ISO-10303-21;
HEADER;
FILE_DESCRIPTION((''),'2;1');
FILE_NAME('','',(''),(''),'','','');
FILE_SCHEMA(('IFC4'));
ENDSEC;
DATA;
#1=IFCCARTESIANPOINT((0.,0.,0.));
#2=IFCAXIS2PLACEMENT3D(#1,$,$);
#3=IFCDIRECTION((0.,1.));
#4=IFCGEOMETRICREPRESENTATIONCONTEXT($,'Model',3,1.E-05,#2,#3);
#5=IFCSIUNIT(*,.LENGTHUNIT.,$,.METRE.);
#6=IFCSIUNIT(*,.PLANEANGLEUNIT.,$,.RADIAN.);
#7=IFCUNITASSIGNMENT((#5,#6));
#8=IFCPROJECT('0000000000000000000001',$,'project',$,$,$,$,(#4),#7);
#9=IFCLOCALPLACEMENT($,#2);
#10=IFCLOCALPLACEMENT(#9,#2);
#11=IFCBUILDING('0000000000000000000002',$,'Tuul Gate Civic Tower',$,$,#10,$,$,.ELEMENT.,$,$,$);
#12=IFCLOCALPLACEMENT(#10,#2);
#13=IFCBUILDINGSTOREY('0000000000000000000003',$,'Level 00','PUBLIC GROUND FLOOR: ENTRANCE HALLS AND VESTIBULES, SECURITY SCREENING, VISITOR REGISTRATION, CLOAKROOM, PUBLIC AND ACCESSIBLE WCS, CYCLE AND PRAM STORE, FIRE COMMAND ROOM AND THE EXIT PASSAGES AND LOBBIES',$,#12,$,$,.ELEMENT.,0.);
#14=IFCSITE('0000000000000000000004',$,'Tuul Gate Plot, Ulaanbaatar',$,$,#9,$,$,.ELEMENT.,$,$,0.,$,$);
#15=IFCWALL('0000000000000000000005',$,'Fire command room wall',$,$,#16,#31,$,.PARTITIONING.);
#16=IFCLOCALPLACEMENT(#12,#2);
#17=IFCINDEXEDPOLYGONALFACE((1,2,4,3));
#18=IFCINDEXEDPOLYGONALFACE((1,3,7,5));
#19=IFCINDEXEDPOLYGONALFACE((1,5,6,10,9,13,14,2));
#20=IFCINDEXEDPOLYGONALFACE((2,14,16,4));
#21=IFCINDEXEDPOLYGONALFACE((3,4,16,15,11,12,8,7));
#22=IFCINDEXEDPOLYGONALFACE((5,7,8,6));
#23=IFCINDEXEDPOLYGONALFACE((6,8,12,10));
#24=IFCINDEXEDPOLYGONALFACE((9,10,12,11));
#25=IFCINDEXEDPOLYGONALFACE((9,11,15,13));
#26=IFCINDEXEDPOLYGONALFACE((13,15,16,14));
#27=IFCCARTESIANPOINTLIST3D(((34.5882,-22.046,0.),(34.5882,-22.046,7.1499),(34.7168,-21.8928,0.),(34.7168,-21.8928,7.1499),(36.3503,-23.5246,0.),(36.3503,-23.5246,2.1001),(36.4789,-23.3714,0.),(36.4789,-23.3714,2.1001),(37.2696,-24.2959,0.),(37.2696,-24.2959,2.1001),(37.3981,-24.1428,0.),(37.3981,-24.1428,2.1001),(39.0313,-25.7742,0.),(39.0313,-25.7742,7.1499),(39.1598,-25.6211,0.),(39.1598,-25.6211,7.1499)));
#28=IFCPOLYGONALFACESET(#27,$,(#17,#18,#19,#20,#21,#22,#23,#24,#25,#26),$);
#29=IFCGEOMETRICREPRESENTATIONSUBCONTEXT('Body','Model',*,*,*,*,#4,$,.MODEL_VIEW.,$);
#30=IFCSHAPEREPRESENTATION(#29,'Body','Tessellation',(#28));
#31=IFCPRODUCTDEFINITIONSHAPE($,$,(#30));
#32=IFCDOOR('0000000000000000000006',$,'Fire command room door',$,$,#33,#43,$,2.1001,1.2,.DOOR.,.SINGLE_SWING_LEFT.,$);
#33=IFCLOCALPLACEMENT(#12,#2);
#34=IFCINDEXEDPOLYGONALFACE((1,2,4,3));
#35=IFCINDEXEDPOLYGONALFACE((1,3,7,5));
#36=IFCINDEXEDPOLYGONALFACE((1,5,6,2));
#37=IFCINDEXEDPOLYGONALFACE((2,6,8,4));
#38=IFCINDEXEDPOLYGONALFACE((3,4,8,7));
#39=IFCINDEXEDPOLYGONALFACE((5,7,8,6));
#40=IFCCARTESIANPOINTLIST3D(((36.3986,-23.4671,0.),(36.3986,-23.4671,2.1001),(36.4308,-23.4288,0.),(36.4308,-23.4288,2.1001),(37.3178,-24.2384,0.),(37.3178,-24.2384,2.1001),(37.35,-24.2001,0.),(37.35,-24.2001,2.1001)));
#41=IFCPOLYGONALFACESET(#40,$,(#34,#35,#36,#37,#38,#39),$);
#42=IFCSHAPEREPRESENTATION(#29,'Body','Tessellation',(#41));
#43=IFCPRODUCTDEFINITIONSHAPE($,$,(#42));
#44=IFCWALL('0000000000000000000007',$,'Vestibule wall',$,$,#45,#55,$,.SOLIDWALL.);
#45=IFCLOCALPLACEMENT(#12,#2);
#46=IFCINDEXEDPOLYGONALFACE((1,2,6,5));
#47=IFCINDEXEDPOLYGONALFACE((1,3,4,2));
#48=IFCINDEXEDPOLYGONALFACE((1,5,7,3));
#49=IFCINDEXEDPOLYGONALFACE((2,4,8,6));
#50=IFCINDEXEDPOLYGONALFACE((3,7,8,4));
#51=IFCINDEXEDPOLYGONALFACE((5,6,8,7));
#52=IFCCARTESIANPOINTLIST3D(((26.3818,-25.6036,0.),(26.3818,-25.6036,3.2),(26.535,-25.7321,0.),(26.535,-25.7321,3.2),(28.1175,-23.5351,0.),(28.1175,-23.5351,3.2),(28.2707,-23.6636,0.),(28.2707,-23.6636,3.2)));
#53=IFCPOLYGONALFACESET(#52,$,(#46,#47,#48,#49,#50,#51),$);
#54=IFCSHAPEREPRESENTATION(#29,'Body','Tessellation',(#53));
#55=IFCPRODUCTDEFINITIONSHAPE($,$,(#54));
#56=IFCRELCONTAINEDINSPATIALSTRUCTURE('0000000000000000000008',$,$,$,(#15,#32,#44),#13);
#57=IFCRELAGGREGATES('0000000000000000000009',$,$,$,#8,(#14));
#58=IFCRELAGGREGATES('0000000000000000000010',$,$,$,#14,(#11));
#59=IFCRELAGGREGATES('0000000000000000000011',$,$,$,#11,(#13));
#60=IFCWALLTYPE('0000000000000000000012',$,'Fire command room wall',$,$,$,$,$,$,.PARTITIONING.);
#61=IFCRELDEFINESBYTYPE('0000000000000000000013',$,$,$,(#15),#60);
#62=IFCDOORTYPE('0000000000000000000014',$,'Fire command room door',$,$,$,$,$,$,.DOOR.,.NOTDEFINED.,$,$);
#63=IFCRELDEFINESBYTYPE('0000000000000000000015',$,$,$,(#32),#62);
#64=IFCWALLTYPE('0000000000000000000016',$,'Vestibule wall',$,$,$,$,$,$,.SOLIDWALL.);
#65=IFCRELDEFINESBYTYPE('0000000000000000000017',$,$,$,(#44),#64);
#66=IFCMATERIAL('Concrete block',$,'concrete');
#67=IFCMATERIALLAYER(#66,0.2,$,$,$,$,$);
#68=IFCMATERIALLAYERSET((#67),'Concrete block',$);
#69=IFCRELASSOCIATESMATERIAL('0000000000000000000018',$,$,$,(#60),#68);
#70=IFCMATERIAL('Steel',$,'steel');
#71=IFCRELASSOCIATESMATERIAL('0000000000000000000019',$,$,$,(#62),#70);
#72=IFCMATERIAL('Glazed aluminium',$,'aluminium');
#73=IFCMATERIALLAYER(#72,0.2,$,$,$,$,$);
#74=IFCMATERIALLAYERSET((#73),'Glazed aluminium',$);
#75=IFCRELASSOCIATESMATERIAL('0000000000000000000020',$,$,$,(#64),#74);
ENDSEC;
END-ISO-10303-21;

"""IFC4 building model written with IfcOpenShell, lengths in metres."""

from ifc_helpers import new_model, si_unit, direction, frame, frame_2d, origin, place, context, subcontext, project, spatial, rectangle, extrude, material, layer, layer_set, type_object, element, fill, save


model = new_model("IFC4")

# Units and contexts
model_context = context("Model", 3, precision=1e-05, world=origin(), true_north=direction((0.0, 1.0)))
body_context = subcontext(model_context, "Body", "Model", "MODEL_VIEW")
ifc_project = project(units=[si_unit("LENGTHUNIT", "METRE"), si_unit("PLANEANGLEUNIT", "RADIAN")], contexts=[model_context])

# Site, building, storey
site_placement = place(None, origin())
site = spatial("IfcSite", under=ifc_project, at=site_placement, Name="Tuul Gate Plot, Ulaanbaatar", CompositionType="ELEMENT", RefElevation=0.0)
building_placement = place(site_placement, origin())
building = spatial("IfcBuilding", under=site, at=building_placement, Name="Tuul Gate Civic Tower", CompositionType="ELEMENT")
storey_placement = place(building_placement, origin())
storey = spatial("IfcBuildingStorey", under=building, at=storey_placement, Name="Level 00", Description="PUBLIC GROUND FLOOR: ENTRANCE HALLS AND VESTIBULES, SECURITY SCREENING, VISITOR REGISTRATION, CLOAKROOM, PUBLIC AND ACCESSIBLE WCS, CYCLE AND PRAM STORE, FIRE COMMAND ROOM AND THE EXIT PASSAGES AND LOBBIES", CompositionType="ELEMENT", Elevation=0.0)

# Wall, opening, door
ifc_material_1 = material(Name="Concrete block", Category="concrete")
ifc_layer_1 = layer(ifc_material_1, 0.2)
ifc_layer_set_1 = layer_set([ifc_layer_1], Name="Concrete block")
wall_type_1 = type_object("IfcWallType", Name="Fire command room wall", PredefinedType="PARTITIONING", material=ifc_layer_set_1)
wall_1_placement = place(storey_placement, frame((34.6526, -21.9695, 0.0), z_axis=(0.0, 0.0, 1.0), x_axis=(0.76604, -0.642793, 0.0)))
wall_1 = element("IfcWall", 1, at=wall_1_placement, inside=storey, type_object=wall_type_1, Name="Fire command room wall", PredefinedType="PARTITIONING", context=body_context, shape_type="SweptSolid", body=[
    extrude(rectangle(XDim=5.8, YDim=0.2, at=frame_2d((2.8999, 0.0))), origin(), (0.0, 0.0, 1.0), 7.1499),
])
opening_1_placement = place(wall_1_placement, frame((2.3, 0.0, 0.0)))
opening_1 = element("IfcOpeningElement", 2, at=opening_1_placement, cuts=wall_1, PredefinedType="OPENING", context=body_context, shape_type="SweptSolid", body=[
    extrude(rectangle(XDim=1.2, YDim=2.1001, at=frame_2d((0.6001, 1.05))), frame((0.0, 0.1099, 0.0), z_axis=(0.0, -1.0, 0.0), x_axis=(1.0, 0.0, 0.0)), (0.0, 0.0, 1.0), 0.22),
])
ifc_material_2 = material(Name="Steel", Category="steel")
door_type_1 = type_object("IfcDoorType", Name="Fire command room door", OperationType="NOTDEFINED", PredefinedType="DOOR", material=ifc_material_2)
door_1_placement = place(opening_1_placement, frame((1.2, 0.0, 0.0), z_axis=(0.0, 0.0, 1.0), x_axis=(-1.0, 0.0, 0.0)))
door_1 = element("IfcDoor", 3, at=door_1_placement, inside=storey, type_object=door_type_1, Name="Fire command room door", OperationType="SINGLE_SWING_LEFT", OverallHeight=2.1001, OverallWidth=1.2, PredefinedType="DOOR", context=body_context, shape_type="SweptSolid", body=[
    extrude(rectangle(XDim=1.2, YDim=2.1001, at=frame_2d((0.5999, 1.05))), frame((0.0, 0.0249, 0.0), z_axis=(0.0, -1.0, 0.0), x_axis=(1.0, 0.0, 0.0)), (0.0, 0.0, 1.0), 0.05),
])
fill(opening_1, door_1)

# Wall
ifc_material_3 = material(Name="Glazed aluminium", Category="aluminium")
ifc_layer_2 = layer(ifc_material_3, 0.2)
ifc_layer_set_2 = layer_set([ifc_layer_2], Name="Glazed aluminium")
wall_type_2 = type_object("IfcWallType", Name="Vestibule wall", PredefinedType="SOLIDWALL", material=ifc_layer_set_2)
wall_2_placement = place(storey_placement, frame((28.1941, -23.5994, 0.0), z_axis=(0.0, 0.0, 1.0), x_axis=(-0.642795, -0.766038, 0.0)))
element("IfcWall", 4, at=wall_2_placement, inside=storey, type_object=wall_type_2, Name="Vestibule wall", PredefinedType="SOLIDWALL", context=body_context, shape_type="SweptSolid", body=[
    extrude(rectangle(XDim=2.7002, YDim=0.2, at=frame_2d((1.3501, 0.0))), origin(), (0.0, 0.0, 1.0), 3.2),
])

save(model, "model.ifc")
